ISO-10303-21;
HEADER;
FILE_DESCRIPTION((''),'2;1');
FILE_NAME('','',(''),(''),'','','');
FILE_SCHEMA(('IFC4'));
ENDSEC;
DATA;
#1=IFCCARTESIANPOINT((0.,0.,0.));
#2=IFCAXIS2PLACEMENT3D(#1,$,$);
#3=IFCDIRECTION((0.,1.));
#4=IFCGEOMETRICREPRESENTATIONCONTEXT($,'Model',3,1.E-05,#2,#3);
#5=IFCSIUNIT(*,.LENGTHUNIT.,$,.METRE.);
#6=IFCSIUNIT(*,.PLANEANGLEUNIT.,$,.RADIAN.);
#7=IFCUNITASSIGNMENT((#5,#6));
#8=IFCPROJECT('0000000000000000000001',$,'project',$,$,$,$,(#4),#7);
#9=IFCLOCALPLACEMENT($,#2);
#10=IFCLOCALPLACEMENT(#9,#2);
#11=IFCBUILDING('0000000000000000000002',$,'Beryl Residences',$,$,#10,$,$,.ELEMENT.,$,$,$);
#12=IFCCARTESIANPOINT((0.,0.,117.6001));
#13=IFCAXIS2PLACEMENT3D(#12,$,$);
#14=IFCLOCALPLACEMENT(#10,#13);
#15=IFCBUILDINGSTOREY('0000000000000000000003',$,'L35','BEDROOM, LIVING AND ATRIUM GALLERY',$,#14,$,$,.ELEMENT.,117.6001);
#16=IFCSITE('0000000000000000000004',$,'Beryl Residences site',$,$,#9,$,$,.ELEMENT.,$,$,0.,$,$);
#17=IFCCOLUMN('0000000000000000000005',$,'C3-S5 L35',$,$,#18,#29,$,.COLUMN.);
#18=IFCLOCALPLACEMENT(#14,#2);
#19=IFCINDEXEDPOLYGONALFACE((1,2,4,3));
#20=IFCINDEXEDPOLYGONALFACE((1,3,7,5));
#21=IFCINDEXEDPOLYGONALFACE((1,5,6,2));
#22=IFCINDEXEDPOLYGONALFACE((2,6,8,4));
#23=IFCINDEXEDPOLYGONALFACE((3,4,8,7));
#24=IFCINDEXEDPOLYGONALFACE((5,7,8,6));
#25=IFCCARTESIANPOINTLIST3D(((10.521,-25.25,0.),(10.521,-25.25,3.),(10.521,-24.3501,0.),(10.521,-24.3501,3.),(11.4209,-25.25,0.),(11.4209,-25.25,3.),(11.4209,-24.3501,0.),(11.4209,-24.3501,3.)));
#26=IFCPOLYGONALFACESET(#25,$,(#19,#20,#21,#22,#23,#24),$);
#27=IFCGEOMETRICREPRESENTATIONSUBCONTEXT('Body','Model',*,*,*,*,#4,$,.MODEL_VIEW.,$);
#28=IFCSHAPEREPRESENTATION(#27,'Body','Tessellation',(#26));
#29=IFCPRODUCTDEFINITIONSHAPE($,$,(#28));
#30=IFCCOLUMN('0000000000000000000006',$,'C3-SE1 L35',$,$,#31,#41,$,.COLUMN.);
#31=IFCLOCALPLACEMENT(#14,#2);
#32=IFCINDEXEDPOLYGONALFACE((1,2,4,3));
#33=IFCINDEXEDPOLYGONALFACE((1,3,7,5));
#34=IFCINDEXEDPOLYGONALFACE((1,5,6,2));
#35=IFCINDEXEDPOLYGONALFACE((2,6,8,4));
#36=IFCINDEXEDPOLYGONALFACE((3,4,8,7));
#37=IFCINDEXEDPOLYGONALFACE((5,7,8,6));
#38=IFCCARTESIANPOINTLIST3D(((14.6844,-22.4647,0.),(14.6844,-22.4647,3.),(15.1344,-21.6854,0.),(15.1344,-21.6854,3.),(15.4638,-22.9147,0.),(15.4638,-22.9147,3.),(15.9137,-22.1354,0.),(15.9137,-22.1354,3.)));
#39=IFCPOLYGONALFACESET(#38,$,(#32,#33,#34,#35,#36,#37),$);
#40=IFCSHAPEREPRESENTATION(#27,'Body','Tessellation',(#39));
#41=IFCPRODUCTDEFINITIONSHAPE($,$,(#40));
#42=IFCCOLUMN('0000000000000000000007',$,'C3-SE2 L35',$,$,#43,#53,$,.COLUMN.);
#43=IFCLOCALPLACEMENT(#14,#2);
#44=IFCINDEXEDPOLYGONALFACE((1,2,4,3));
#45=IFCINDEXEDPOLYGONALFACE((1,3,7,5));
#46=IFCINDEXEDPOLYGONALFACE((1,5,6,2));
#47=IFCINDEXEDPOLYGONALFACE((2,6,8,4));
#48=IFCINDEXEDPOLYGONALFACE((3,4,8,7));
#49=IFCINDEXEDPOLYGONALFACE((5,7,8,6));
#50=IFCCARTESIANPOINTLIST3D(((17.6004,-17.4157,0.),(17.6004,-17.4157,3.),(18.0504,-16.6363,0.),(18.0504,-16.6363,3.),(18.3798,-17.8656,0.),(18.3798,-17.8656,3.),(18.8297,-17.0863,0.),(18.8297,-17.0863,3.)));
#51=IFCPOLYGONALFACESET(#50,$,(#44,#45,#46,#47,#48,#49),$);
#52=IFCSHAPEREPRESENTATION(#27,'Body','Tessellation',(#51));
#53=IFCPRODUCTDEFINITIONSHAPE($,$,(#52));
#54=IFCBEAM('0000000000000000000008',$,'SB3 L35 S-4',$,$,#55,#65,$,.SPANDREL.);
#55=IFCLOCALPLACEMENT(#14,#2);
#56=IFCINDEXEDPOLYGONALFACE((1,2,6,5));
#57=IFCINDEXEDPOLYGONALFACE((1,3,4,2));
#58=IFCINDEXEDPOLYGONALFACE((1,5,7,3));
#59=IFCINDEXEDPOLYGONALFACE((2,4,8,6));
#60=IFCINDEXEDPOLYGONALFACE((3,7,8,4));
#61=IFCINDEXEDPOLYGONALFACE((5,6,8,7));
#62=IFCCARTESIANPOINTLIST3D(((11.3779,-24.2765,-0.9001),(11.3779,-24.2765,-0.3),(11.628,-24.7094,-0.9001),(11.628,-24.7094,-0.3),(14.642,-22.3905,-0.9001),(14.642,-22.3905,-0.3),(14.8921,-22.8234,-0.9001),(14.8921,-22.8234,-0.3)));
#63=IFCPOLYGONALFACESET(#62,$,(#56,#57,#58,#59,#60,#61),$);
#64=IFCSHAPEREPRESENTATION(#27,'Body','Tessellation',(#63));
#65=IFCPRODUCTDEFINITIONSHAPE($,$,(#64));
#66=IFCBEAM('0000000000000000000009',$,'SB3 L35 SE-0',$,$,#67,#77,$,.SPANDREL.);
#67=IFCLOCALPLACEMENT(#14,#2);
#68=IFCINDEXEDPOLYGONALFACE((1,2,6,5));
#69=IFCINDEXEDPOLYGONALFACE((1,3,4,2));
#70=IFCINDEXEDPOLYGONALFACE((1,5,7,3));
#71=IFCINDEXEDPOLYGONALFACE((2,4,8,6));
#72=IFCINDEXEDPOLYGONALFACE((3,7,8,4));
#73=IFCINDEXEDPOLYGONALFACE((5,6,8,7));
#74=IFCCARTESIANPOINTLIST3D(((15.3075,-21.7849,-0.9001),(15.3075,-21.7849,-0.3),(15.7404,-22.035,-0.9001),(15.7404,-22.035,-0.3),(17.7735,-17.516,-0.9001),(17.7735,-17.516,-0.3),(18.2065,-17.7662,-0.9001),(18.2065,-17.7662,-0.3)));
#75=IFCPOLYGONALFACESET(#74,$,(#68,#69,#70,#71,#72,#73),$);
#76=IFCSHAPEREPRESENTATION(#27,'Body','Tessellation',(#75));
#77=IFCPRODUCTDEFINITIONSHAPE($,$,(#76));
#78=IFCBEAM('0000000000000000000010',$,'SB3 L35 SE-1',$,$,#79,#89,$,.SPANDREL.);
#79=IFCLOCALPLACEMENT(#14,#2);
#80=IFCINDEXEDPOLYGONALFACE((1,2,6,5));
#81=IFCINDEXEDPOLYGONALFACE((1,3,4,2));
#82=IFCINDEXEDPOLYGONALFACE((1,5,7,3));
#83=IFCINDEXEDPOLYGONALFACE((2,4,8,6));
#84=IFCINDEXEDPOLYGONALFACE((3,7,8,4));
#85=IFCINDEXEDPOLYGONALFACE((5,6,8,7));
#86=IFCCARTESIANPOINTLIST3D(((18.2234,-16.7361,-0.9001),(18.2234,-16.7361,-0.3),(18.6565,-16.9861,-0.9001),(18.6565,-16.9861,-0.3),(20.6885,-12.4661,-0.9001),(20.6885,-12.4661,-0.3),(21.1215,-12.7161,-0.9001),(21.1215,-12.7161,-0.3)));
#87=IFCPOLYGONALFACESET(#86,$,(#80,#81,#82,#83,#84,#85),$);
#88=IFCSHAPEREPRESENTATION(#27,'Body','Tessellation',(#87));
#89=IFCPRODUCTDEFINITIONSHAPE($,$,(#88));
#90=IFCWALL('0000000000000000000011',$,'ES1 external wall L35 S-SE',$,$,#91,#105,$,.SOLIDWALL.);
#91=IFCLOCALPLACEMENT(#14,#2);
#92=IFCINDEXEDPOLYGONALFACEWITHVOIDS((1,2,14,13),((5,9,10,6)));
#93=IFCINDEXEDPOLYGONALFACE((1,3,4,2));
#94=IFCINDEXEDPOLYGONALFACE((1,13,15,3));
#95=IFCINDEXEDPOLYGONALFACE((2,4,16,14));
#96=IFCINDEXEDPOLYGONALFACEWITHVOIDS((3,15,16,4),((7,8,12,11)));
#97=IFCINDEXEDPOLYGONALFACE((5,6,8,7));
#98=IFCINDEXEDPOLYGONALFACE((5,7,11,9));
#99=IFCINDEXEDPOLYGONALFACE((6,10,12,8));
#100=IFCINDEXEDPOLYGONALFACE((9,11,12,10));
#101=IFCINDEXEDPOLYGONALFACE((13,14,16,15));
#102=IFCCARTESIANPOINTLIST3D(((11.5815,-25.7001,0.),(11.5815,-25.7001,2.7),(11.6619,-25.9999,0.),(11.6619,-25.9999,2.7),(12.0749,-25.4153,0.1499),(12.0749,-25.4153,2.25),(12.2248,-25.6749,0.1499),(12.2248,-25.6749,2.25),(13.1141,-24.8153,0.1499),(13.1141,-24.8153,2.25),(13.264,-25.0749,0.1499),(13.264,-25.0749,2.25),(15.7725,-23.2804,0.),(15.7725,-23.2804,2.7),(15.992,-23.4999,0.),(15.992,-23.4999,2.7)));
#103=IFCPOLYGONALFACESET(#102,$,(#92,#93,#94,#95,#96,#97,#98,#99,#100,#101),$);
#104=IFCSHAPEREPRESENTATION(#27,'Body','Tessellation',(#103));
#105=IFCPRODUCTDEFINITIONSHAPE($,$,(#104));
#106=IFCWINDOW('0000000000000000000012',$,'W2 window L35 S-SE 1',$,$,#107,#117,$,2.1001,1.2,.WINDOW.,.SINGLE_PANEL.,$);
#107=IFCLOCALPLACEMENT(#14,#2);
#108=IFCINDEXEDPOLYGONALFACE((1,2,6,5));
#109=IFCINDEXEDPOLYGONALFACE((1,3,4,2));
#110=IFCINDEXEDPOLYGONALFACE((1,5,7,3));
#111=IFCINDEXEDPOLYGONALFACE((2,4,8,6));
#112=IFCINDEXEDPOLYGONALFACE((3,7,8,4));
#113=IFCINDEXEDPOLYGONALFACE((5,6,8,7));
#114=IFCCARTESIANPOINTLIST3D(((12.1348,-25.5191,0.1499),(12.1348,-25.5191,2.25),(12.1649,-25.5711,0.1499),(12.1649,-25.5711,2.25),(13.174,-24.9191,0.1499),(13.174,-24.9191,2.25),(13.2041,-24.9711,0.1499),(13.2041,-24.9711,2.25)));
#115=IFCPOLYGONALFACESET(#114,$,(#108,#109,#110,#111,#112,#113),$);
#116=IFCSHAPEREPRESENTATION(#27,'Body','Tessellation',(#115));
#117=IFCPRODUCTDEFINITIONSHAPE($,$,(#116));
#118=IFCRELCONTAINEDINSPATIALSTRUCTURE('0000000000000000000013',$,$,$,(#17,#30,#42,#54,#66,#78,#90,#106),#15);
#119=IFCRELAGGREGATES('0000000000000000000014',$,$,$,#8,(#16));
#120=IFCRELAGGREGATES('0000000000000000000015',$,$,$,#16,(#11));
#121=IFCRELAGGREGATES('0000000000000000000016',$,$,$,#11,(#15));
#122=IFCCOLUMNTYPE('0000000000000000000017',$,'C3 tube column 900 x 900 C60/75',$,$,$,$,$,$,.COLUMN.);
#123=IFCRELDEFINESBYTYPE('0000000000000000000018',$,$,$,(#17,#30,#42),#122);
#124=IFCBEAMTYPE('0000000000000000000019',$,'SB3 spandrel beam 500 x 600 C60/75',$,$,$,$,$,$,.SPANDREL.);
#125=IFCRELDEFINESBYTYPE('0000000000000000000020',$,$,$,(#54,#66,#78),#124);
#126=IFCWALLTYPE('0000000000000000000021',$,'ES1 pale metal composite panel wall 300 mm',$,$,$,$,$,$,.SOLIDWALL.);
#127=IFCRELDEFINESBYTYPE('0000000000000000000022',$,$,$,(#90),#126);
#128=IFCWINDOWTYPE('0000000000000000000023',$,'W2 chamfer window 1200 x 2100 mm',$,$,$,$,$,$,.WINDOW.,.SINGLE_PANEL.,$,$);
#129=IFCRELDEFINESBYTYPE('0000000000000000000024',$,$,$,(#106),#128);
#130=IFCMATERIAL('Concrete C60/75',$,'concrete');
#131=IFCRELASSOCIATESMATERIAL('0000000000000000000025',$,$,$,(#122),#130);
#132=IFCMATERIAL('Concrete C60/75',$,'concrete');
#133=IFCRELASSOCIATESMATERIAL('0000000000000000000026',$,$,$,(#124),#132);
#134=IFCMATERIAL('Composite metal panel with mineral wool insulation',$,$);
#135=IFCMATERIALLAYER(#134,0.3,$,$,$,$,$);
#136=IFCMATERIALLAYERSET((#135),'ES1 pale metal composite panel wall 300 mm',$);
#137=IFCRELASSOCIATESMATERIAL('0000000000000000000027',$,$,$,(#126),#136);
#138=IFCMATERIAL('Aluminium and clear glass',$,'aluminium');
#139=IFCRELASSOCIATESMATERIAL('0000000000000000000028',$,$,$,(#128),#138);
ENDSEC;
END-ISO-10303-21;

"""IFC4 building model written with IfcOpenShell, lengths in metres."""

from ifc_helpers import new_model, si_unit, direction, frame, frame_2d, origin, origin_2d, place, context, subcontext, project, spatial, polyline, rectangle, outline, extrude, material, layer, layer_set, material_profile, profile_set, type_object, element, fill, save


model = new_model("IFC4")

# Units and contexts
model_context = context("Model", 3, precision=1e-05, world=origin(), true_north=direction((0.0, 1.0)))
body_context = subcontext(model_context, "Body", "Model", "MODEL_VIEW")
ifc_project = project(units=[si_unit("LENGTHUNIT", "METRE"), si_unit("PLANEANGLEUNIT", "RADIAN")], contexts=[model_context])

# Site, building, storey
site_placement = place(None, origin())
site = spatial("IfcSite", under=ifc_project, at=site_placement, Name="Beryl Residences site", CompositionType="ELEMENT", RefElevation=0.0)
building_placement = place(site_placement, origin())
building = spatial("IfcBuilding", under=site, at=building_placement, Name="Beryl Residences", CompositionType="ELEMENT")
storey_placement = place(building_placement, frame((0.0, 0.0, 117.6001)))
storey = spatial("IfcBuildingStorey", under=building, at=storey_placement, Name="L35", Description="BEDROOM, LIVING AND ATRIUM GALLERY", CompositionType="ELEMENT", Elevation=117.6001)

# Columns
ifc_material_1 = material(Name="Concrete C60/75", Category="concrete")
ifc_material_profile_1 = material_profile(ifc_material_1, rectangle(XDim=0.8999, YDim=0.8999, at=origin_2d()))
ifc_profile_set_1 = profile_set([ifc_material_profile_1], Name="Concrete C60/75")
column_type = type_object("IfcColumnType", Name="C3 tube column 900 x 900 C60/75", PredefinedType="COLUMN", material=ifc_profile_set_1)
for number, where, z_axis, x_axis, name in (
    (1, (10.9709, -24.8, 0.0), (0.0, 0.0, 1.0), (1.0, 0.0, 0.0), "C3-S5 L35"),
    (2, (15.2991, -22.3, 0.0), (0.0, 0.0, 1.0), (0.5, 0.866025, 0.0), "C3-SE1 L35"),
    (3, (18.2151, -17.251, 0.0), (0.0, 0.0, 1.0), (0.5, 0.866025, 0.0), "C3-SE2 L35"),
):
    element("IfcColumn", number, at=place(storey_placement, frame(where, z_axis=z_axis, x_axis=x_axis)), inside=storey, type_object=column_type, Name=name, PredefinedType="COLUMN", context=body_context, shape_type="SweptSolid", body=[
        extrude(rectangle(XDim=0.8999, YDim=0.8999, at=origin_2d()), origin(), (0.0, 0.0, 1.0), 3.0),
    ])

# Beams
ifc_material_2 = material(Name="Concrete C60/75", Category="concrete")
ifc_material_profile_2 = material_profile(ifc_material_2, rectangle(XDim=0.5, YDim=0.6001, at=origin_2d()))
ifc_profile_set_2 = profile_set([ifc_material_profile_2], Name="Concrete C60/75")
beam_type = type_object("IfcBeamType", Name="SB3 spandrel beam 500 x 600 C60/75", PredefinedType="SPANDREL", material=ifc_profile_set_2)
beam_1_placement = place(storey_placement, frame((11.5029, -24.4929, -0.6001), z_axis=(0.865862, 0.500283, 0.0), x_axis=(-0.500283, 0.865862, 0.0)))
element("IfcBeam", 4, at=beam_1_placement, inside=storey, type_object=beam_type, Name="SB3 L35 S-4", PredefinedType="SPANDREL", context=body_context, shape_type="SweptSolid", body=[
    extrude(rectangle(XDim=0.5, YDim=0.6001, at=origin_2d()), origin(), (0.0, 0.0, 1.0), 3.7698),
])
beam_2_placement = place(storey_placement, frame((15.5239, -21.9099, -0.6001), z_axis=(0.500224, 0.865896, 0.0), x_axis=(-0.865896, 0.500224, 0.0)))
element("IfcBeam", 5, at=beam_2_placement, inside=storey, type_object=beam_type, Name="SB3 L35 SE-0", PredefinedType="SPANDREL", context=body_context, shape_type="SweptSolid", body=[
    extrude(rectangle(XDim=0.5, YDim=0.6001, at=origin_2d()), origin(), (0.0, 0.0, 1.0), 4.9299),
])
beam_3_placement = place(storey_placement, frame((18.4399, -16.8611, -0.6001), z_axis=(0.499968, 0.866044, 0.0), x_axis=(-0.866044, 0.499968, 0.0)))
element("IfcBeam", 6, at=beam_3_placement, inside=storey, type_object=beam_type, Name="SB3 L35 SE-1", PredefinedType="SPANDREL", context=body_context, shape_type="SweptSolid", body=[
    extrude(rectangle(XDim=0.5, YDim=0.6001, at=origin_2d()), origin(), (0.0, 0.0, 1.0), 4.9304),
])

# Wall, opening, window
ifc_material_3 = material(Name="Composite metal panel with mineral wool insulation")
ifc_layer_1 = layer(ifc_material_3, 0.3)
ifc_layer_set_1 = layer_set([ifc_layer_1], Name="ES1 pale metal composite panel wall 300 mm")
wall_type_1 = type_object("IfcWallType", Name="ES1 pale metal composite panel wall 300 mm", PredefinedType="SOLIDWALL", material=ifc_layer_set_1)
wall_1_placement = place(storey_placement, frame((11.5869, -25.8701, 0.0), z_axis=(0.0, 0.0, 1.0), x_axis=(0.866023, 0.500004, 0.0)))
wall_1 = element("IfcWall", 7, at=wall_1_placement, inside=storey, type_object=wall_type_1, Name="ES1 external wall L35 S-SE", PredefinedType="SOLIDWALL", context=body_context, shape_type="SweptSolid", body=[
    extrude(outline(polyline([(0.0, -0.1499), (5.0, -0.1499), (4.9197, 0.1499), (0.0803, 0.1499), (0.0, -0.1499)])), origin(), (0.0, 0.0, 1.0), 2.7),
])
opening_1_placement = place(wall_1_placement, frame((0.6499, 0.0, 0.1499)))
opening_1 = element("IfcOpeningElement", 8, at=opening_1_placement, cuts=wall_1, PredefinedType="OPENING", context=body_context, shape_type="SweptSolid", body=[
    extrude(rectangle(XDim=1.2, YDim=2.1001, at=frame_2d((0.6001, 1.05))), frame((0.0, 0.1599, 0.0), z_axis=(0.0, -1.0, 0.0), x_axis=(1.0, 0.0, 0.0)), (0.0, 0.0, 1.0), 0.3201),
])
ifc_material_4 = material(Name="Aluminium and clear glass", Category="aluminium")
window_type_1 = type_object("IfcWindowType", Name="W2 chamfer window 1200 x 2100 mm", PartitioningType="SINGLE_PANEL", PredefinedType="WINDOW", material=ifc_material_4)
window_1_placement = place(opening_1_placement, origin())
window_1 = element("IfcWindow", 9, at=window_1_placement, inside=storey, type_object=window_type_1, Name="W2 window L35 S-SE 1", OverallHeight=2.1001, OverallWidth=1.2, PartitioningType="SINGLE_PANEL", PredefinedType="WINDOW", context=body_context, shape_type="SweptSolid", body=[
    extrude(rectangle(XDim=1.2, YDim=2.1001, at=frame_2d((0.6001, 1.05))), frame((0.0, 0.03, 0.0), z_axis=(0.0, -1.0, 0.0), x_axis=(1.0, 0.0, 0.0)), (0.0, 0.0, 1.0), 0.0601),
])
fill(opening_1, window_1)

save(model, "model.ifc")
